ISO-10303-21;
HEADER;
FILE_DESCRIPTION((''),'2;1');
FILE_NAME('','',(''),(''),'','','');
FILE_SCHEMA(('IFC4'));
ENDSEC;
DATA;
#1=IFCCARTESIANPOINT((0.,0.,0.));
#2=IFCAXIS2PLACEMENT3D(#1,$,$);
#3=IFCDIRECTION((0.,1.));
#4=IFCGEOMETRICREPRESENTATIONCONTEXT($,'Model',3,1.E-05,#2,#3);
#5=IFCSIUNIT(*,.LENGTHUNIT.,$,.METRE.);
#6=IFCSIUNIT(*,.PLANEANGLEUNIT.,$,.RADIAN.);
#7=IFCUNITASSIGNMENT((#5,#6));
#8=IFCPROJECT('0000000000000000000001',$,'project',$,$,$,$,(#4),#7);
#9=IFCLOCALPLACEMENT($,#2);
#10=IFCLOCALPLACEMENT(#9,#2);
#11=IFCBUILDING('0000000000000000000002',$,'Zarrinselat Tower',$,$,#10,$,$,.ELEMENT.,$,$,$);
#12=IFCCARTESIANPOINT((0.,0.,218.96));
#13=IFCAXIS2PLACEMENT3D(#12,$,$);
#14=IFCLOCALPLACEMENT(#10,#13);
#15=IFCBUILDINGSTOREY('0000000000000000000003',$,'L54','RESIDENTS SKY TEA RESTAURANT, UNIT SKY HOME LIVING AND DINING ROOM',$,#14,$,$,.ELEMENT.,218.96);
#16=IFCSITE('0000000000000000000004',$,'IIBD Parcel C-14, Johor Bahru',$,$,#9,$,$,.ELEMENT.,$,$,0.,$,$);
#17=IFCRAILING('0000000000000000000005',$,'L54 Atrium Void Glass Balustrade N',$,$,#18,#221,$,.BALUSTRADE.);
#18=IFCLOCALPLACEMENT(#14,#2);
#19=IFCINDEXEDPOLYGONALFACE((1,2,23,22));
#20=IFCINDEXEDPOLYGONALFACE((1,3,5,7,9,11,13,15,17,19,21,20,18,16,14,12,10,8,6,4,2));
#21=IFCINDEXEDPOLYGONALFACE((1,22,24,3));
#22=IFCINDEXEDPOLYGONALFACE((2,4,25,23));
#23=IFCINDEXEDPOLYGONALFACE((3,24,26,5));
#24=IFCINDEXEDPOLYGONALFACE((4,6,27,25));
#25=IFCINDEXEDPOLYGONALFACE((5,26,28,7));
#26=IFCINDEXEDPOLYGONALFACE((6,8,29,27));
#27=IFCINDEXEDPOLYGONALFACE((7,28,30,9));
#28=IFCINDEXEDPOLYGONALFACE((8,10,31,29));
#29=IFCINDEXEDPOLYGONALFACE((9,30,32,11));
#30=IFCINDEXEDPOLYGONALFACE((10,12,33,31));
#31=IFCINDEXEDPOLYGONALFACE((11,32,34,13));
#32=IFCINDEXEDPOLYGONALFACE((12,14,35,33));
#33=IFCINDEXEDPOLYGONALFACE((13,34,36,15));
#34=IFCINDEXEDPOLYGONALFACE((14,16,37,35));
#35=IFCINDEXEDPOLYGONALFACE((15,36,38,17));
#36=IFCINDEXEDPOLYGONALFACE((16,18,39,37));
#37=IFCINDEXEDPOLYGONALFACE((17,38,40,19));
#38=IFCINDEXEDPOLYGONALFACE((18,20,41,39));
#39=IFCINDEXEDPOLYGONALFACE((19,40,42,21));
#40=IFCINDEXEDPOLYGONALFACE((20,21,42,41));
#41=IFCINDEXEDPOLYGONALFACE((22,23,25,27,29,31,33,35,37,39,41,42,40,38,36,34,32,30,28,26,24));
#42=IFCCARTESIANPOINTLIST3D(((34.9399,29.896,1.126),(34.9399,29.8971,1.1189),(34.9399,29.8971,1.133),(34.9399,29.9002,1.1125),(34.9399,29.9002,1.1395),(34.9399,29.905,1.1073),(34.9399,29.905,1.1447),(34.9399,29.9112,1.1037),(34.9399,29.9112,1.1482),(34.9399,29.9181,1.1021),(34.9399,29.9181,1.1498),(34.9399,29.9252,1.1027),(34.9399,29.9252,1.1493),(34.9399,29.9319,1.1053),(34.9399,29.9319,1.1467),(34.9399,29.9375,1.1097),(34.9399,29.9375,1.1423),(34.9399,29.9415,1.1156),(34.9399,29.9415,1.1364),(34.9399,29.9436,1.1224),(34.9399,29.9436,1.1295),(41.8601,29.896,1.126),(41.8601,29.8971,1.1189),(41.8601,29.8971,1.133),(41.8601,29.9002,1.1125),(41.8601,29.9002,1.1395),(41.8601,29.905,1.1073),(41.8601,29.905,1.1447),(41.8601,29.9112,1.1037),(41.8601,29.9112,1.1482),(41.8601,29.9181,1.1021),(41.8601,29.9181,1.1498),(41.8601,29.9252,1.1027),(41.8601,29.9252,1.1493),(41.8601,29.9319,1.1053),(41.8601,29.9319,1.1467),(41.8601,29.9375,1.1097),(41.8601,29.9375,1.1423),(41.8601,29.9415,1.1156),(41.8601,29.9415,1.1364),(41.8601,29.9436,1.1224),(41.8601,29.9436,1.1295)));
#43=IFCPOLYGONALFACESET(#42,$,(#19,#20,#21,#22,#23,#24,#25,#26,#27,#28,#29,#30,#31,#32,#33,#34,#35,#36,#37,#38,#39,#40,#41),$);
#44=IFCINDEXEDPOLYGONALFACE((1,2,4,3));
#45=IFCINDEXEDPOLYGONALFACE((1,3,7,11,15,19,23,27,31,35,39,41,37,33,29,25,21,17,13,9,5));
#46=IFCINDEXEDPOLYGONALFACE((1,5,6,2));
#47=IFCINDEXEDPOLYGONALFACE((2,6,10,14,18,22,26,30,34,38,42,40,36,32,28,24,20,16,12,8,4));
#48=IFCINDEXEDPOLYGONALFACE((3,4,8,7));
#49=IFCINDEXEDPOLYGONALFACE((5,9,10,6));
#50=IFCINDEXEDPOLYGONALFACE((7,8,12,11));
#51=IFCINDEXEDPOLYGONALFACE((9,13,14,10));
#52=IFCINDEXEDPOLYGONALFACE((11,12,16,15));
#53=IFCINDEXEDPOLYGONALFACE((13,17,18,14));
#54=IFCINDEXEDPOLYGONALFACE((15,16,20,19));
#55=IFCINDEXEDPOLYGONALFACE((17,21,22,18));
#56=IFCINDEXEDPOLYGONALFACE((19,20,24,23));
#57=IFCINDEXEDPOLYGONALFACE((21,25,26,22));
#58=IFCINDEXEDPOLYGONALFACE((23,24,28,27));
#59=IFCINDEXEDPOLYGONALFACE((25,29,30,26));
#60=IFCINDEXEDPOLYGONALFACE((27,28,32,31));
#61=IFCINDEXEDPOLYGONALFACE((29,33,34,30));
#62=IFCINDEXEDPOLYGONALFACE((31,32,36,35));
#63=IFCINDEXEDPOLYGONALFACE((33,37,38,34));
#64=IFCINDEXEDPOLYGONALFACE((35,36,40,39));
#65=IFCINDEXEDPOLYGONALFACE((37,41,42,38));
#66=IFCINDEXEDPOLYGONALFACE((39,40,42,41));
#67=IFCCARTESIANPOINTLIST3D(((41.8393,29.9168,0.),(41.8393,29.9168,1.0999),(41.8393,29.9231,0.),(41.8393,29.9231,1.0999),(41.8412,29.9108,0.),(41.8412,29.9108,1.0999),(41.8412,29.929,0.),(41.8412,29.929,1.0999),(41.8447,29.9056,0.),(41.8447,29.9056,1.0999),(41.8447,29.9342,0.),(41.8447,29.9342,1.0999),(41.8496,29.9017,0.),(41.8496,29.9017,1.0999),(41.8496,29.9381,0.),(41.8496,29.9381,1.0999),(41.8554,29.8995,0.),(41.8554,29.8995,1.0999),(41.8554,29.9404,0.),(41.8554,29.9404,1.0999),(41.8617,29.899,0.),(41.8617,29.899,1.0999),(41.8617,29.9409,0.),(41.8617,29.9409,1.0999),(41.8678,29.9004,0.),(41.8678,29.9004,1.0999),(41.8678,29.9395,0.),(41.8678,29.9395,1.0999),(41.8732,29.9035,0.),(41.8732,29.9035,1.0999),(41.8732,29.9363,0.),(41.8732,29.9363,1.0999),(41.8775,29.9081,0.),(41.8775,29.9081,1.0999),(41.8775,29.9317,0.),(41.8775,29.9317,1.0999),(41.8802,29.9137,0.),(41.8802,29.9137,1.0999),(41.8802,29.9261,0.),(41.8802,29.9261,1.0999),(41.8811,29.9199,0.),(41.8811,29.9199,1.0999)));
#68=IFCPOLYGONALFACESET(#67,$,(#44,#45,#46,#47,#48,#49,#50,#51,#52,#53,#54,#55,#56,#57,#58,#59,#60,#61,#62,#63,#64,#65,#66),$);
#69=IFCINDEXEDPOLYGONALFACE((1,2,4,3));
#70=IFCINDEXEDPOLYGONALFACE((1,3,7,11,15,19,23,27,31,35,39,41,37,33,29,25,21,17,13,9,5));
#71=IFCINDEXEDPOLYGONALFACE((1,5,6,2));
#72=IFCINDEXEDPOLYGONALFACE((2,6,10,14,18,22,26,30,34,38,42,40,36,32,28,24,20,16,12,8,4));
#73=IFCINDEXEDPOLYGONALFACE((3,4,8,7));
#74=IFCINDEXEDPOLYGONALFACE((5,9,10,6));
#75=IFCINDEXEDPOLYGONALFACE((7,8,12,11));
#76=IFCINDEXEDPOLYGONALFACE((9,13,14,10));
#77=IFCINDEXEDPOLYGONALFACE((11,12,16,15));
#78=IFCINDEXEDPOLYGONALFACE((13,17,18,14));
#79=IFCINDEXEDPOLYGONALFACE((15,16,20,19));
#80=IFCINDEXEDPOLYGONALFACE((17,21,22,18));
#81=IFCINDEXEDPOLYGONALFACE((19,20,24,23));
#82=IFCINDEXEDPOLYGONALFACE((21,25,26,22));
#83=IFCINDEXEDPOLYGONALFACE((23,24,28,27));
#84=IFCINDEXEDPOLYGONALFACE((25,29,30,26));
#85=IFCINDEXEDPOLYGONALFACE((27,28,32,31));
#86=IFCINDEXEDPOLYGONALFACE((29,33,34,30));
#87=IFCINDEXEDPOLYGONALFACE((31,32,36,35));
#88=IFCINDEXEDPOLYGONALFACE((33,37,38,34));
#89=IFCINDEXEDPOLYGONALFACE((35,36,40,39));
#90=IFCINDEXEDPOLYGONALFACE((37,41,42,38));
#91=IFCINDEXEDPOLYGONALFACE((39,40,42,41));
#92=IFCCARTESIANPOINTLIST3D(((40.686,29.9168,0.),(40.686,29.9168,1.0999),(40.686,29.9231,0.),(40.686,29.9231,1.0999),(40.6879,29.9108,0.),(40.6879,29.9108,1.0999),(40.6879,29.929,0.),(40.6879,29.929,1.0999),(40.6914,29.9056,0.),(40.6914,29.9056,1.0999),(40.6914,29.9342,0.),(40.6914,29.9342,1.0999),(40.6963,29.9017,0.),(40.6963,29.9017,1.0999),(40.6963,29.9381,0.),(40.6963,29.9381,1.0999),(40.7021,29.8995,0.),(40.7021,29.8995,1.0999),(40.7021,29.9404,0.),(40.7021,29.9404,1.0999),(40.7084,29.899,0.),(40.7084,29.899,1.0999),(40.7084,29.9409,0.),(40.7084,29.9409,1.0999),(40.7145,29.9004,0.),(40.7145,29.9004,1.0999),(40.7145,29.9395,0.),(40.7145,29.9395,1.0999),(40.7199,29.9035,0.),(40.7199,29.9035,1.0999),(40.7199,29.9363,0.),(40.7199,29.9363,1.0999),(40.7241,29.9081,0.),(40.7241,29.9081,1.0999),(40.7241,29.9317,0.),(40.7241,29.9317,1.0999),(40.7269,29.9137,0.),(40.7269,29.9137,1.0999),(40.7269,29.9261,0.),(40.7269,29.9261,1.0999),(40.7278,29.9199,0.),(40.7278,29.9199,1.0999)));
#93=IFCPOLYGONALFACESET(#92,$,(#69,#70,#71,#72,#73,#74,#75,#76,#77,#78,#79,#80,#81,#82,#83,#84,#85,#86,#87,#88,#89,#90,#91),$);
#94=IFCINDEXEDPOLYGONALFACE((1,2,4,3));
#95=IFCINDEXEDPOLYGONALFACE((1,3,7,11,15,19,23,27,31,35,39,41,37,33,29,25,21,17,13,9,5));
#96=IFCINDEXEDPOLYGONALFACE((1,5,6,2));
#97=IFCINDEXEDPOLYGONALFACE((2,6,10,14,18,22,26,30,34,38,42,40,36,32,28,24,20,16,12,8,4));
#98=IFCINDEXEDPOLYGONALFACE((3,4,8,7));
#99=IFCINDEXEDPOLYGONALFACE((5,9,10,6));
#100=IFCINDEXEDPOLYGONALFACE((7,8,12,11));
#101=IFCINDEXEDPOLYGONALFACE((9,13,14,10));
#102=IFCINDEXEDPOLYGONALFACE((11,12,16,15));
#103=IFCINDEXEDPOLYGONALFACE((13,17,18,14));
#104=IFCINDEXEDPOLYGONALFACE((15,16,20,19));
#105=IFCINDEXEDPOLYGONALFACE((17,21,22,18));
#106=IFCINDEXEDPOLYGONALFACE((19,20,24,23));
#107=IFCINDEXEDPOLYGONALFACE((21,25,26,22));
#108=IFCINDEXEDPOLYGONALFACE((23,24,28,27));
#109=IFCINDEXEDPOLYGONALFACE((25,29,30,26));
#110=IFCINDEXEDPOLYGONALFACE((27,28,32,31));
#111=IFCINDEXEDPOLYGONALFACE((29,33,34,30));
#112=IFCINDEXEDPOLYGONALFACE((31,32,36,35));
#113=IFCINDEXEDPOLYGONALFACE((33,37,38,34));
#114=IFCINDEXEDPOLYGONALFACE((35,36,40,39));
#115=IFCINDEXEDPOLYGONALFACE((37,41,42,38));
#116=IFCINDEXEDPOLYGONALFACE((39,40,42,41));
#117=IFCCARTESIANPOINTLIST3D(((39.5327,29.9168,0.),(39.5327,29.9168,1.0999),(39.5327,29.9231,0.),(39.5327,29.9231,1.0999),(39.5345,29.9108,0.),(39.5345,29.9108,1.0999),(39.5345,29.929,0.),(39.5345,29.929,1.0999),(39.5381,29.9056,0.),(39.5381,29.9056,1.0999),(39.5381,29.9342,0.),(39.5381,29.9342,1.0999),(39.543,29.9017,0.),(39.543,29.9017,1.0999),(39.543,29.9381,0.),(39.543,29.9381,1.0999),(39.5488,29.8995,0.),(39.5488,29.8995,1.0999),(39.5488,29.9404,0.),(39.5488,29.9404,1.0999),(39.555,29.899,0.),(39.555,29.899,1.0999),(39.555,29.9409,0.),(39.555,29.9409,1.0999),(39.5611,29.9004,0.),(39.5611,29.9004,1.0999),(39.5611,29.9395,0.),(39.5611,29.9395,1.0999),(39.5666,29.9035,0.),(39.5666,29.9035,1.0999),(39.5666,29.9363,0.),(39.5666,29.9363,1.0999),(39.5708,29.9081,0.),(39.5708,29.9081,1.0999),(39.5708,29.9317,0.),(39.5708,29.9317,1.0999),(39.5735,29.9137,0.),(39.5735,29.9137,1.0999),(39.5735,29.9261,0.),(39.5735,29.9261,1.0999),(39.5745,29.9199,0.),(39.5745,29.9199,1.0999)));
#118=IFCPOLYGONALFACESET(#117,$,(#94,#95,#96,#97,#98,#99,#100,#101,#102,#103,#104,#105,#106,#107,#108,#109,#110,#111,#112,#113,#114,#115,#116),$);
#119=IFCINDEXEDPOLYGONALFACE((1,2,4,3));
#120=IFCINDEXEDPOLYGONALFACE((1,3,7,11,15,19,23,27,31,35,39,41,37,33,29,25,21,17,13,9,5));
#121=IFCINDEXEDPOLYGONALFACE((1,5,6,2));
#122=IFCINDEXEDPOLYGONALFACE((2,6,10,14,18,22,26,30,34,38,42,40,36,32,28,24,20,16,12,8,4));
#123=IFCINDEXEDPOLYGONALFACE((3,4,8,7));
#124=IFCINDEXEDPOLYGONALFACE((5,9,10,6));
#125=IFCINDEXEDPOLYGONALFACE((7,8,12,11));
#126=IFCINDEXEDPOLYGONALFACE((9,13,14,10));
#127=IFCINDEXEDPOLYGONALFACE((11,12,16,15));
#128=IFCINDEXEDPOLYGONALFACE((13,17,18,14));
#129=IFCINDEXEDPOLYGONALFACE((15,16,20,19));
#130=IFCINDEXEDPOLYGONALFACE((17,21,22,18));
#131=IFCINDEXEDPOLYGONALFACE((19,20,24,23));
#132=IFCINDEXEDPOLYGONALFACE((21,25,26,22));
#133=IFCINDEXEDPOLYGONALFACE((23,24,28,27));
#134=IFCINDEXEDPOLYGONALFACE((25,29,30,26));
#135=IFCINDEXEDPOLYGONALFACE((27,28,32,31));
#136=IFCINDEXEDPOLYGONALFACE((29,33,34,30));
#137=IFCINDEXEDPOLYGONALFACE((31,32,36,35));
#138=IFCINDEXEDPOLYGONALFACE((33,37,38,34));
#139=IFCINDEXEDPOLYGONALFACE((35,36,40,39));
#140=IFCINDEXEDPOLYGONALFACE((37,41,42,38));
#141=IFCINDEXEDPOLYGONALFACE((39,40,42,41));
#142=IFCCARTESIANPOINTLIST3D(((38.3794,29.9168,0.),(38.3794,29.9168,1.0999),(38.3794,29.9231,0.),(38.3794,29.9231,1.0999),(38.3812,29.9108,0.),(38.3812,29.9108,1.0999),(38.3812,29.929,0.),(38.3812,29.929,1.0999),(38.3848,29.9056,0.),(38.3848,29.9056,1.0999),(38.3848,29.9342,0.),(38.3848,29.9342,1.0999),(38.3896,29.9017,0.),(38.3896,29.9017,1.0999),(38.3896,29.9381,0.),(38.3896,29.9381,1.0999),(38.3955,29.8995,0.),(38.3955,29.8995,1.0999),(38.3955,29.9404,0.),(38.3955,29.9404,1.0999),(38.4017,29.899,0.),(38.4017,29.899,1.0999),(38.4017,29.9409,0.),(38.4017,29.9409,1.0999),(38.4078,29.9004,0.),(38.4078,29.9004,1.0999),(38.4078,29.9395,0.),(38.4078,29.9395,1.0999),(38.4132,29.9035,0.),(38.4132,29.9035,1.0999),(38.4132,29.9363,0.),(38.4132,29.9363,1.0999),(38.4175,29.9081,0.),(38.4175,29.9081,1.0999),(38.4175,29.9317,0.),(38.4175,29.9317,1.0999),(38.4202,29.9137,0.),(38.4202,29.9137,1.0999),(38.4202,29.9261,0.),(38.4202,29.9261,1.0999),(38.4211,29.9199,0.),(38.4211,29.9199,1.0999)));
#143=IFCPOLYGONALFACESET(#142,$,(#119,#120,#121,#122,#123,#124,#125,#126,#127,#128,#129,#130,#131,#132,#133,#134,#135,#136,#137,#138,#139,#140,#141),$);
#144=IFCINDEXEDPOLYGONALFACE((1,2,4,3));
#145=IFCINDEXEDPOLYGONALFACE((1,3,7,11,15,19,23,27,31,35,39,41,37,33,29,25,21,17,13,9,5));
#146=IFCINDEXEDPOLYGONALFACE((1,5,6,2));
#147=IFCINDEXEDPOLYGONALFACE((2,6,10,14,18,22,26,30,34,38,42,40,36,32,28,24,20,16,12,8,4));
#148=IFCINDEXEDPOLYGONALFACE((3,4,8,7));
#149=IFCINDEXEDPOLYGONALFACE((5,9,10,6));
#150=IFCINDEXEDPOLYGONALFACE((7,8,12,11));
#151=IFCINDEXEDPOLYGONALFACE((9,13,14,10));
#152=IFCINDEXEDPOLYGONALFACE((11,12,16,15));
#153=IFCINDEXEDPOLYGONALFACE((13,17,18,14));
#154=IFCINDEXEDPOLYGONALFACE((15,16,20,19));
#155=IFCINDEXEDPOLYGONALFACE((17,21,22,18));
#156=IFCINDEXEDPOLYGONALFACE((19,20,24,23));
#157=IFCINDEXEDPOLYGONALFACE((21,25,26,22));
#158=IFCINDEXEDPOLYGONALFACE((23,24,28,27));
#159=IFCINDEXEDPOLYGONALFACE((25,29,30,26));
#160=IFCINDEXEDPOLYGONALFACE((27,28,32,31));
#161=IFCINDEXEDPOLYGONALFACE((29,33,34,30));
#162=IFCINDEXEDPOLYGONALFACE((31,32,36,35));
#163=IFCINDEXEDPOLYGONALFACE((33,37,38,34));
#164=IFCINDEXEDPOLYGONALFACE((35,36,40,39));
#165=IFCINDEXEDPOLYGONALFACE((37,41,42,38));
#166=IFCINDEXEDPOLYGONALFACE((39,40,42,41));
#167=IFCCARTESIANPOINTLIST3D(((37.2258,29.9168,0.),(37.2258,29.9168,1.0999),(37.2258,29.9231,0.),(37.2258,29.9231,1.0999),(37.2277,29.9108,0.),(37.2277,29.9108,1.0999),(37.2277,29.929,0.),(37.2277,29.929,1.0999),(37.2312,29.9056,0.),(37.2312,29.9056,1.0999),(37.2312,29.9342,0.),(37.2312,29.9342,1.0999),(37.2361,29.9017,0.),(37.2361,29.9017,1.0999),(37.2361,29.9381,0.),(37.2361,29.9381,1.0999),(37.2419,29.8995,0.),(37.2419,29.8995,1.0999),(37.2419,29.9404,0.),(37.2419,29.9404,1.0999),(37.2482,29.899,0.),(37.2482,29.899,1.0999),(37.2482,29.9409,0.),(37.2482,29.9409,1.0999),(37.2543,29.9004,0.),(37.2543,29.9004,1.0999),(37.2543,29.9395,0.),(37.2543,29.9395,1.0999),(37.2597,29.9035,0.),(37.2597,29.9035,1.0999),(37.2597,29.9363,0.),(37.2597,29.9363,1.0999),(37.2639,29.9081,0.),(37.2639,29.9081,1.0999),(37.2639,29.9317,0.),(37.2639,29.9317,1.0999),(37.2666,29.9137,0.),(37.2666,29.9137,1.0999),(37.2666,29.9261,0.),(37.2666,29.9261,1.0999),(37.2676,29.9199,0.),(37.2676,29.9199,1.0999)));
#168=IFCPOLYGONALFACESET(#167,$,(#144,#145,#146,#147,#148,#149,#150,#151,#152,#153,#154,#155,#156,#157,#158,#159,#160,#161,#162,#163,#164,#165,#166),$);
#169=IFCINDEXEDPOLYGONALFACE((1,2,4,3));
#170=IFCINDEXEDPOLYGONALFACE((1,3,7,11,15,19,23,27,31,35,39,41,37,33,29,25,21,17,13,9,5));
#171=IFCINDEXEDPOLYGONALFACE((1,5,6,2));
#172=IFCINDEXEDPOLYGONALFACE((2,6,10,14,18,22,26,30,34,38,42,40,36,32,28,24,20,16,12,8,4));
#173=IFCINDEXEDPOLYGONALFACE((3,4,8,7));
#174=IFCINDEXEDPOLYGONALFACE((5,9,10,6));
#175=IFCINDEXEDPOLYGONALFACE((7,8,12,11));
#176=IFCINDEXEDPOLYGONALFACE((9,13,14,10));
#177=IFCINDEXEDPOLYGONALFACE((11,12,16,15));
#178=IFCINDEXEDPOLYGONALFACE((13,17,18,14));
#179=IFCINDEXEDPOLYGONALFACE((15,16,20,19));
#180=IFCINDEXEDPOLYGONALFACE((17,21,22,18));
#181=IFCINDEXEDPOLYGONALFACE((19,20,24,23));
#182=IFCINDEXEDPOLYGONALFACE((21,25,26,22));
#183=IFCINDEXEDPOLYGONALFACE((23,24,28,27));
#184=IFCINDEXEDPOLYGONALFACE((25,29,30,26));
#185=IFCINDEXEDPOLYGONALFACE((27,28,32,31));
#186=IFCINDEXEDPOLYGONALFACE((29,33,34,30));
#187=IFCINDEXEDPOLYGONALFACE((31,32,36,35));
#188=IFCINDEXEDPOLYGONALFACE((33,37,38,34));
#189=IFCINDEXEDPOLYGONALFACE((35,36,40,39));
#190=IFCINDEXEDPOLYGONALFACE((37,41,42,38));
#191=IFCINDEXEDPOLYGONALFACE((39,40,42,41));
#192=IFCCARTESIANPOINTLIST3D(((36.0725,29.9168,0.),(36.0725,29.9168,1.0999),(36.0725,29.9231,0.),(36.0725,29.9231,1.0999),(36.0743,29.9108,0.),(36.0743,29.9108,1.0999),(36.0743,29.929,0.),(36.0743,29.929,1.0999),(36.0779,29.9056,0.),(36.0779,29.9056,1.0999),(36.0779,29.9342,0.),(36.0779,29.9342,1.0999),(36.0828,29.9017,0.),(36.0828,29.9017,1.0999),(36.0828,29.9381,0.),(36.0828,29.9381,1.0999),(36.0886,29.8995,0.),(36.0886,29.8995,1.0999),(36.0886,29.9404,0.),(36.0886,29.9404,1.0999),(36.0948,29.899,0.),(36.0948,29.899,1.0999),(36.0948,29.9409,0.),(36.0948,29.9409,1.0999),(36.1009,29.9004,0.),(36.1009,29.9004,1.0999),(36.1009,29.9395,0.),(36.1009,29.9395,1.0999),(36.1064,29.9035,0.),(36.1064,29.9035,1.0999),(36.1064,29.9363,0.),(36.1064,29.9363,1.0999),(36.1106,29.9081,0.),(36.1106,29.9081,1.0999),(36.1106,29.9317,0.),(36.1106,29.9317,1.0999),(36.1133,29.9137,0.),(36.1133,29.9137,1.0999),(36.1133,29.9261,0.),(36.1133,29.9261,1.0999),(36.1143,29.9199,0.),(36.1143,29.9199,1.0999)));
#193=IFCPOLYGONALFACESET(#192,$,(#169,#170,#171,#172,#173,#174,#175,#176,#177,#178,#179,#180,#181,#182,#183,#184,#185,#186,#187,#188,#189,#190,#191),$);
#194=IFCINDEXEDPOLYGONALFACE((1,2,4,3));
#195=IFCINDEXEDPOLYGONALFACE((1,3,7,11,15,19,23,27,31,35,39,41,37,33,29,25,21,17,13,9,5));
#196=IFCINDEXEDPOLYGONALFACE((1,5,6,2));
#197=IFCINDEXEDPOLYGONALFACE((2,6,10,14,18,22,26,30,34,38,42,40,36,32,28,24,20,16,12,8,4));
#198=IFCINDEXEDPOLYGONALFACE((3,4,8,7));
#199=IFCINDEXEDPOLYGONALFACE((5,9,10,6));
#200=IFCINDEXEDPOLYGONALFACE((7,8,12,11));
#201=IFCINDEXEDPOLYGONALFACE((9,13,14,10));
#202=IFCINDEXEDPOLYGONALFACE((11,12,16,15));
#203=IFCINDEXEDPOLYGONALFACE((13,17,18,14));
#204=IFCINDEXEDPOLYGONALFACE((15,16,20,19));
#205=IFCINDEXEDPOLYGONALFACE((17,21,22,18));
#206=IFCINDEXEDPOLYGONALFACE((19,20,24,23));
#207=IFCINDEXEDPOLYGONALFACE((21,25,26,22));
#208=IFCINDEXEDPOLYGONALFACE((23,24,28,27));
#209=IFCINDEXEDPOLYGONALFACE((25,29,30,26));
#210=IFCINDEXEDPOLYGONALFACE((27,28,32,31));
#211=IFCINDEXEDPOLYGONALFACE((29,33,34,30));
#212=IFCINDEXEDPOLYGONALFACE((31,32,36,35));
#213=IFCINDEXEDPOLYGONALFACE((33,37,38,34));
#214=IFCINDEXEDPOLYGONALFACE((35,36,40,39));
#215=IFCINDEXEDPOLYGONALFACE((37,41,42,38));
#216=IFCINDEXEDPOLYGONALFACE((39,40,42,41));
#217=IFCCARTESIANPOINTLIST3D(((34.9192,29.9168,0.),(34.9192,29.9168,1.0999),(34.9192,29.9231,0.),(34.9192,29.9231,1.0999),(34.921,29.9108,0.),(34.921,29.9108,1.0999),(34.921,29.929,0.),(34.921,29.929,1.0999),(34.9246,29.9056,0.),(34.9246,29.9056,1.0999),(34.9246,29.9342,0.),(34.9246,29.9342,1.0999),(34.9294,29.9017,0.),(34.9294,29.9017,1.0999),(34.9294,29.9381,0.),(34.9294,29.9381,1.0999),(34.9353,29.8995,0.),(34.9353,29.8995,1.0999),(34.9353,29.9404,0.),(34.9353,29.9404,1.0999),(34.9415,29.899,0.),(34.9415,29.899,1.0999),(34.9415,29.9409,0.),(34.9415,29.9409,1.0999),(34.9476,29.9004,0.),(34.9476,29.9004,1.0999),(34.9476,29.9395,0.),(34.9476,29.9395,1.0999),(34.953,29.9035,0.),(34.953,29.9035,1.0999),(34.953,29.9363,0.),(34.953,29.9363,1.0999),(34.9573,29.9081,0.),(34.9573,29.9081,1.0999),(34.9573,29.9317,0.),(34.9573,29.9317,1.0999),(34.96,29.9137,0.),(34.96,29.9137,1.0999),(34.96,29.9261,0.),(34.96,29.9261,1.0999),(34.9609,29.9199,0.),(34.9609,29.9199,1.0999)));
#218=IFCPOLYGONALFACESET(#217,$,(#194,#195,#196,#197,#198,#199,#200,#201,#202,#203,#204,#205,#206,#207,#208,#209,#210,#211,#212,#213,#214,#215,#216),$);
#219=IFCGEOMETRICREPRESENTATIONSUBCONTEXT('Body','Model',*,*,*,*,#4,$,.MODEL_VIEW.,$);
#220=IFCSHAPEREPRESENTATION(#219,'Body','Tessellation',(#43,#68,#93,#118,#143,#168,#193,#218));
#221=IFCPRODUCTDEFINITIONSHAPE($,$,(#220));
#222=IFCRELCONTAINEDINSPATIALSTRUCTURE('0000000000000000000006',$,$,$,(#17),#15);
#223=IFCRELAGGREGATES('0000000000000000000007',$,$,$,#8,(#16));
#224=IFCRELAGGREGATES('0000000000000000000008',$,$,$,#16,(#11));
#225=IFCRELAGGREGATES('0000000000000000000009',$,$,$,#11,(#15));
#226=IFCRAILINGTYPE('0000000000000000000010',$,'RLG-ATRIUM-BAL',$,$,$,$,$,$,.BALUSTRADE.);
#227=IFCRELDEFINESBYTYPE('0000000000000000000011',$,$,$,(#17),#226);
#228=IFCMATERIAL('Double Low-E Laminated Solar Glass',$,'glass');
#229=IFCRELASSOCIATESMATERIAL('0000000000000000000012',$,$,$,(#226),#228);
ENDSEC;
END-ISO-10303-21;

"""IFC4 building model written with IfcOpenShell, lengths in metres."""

from ifc_helpers import new_model, si_unit, direction, frame, origin, origin_2d, place, context, subcontext, project, spatial, circle, extrude, material, type_object, element, save


model = new_model("IFC4")

# Units and contexts
model_context = context("Model", 3, precision=1e-05, world=origin(), true_north=direction((0.0, 1.0)))
body_context = subcontext(model_context, "Body", "Model", "MODEL_VIEW")
ifc_project = project(units=[si_unit("LENGTHUNIT", "METRE"), si_unit("PLANEANGLEUNIT", "RADIAN")], contexts=[model_context])

# Site, building, storey
site_placement = place(None, origin())
site = spatial("IfcSite", under=ifc_project, at=site_placement, Name="IIBD Parcel C-14, Johor Bahru", CompositionType="ELEMENT", RefElevation=0.0)
building_placement = place(site_placement, origin())
building = spatial("IfcBuilding", under=site, at=building_placement, Name="Zarrinselat Tower", CompositionType="ELEMENT")
storey_placement = place(building_placement, frame((0.0, 0.0, 218.96)))
storey = spatial("IfcBuildingStorey", under=building, at=storey_placement, Name="L54", Description="RESIDENTS SKY TEA RESTAURANT, UNIT SKY HOME LIVING AND DINING ROOM", CompositionType="ELEMENT", Elevation=218.96)

# Railing
ifc_material_1 = material(Name="Double Low-E Laminated Solar Glass", Category="glass")
railing_type = type_object("IfcRailingType", Name="RLG-ATRIUM-BAL", PredefinedType="BALUSTRADE", material=ifc_material_1)
railing_1_placement = place(storey_placement, frame((41.8601, 29.9199, 0.0)))
element("IfcRailing", 1, at=railing_1_placement, inside=storey, type_object=railing_type, Name="L54 Atrium Void Glass Balustrade N", PredefinedType="BALUSTRADE", context=body_context, shape_type="SweptSolid", body=[
    extrude(circle(Radius=0.0239, at=origin_2d()), frame((0.0, 0.0, 1.126), z_axis=(-1.0, 0.0, 0.0), x_axis=(0.0, -1.0, 0.0)), (0.0, 0.0, 1.0), 6.9202),
    extrude(circle(Radius=0.021, at=origin_2d()), origin(), (0.0, 0.0, 1.0), 1.0999),
    extrude(circle(Radius=0.021, at=origin_2d()), frame((-1.1533, 0.0, 0.0)), (0.0, 0.0, 1.0), 1.0999),
    extrude(circle(Radius=0.021, at=origin_2d()), frame((-2.3066, 0.0, 0.0)), (0.0, 0.0, 1.0), 1.0999),
    extrude(circle(Radius=0.021, at=origin_2d()), frame((-3.46, 0.0, 0.0)), (0.0, 0.0, 1.0), 1.0999),
    extrude(circle(Radius=0.021, at=origin_2d()), frame((-4.6135, 0.0, 0.0)), (0.0, 0.0, 1.0), 1.0999),
    extrude(circle(Radius=0.021, at=origin_2d()), frame((-5.7668, 0.0, 0.0)), (0.0, 0.0, 1.0), 1.0999),
    extrude(circle(Radius=0.021, at=origin_2d()), frame((-6.9202, 0.0, 0.0)), (0.0, 0.0, 1.0), 1.0999),
])

save(model, "model.ifc")
